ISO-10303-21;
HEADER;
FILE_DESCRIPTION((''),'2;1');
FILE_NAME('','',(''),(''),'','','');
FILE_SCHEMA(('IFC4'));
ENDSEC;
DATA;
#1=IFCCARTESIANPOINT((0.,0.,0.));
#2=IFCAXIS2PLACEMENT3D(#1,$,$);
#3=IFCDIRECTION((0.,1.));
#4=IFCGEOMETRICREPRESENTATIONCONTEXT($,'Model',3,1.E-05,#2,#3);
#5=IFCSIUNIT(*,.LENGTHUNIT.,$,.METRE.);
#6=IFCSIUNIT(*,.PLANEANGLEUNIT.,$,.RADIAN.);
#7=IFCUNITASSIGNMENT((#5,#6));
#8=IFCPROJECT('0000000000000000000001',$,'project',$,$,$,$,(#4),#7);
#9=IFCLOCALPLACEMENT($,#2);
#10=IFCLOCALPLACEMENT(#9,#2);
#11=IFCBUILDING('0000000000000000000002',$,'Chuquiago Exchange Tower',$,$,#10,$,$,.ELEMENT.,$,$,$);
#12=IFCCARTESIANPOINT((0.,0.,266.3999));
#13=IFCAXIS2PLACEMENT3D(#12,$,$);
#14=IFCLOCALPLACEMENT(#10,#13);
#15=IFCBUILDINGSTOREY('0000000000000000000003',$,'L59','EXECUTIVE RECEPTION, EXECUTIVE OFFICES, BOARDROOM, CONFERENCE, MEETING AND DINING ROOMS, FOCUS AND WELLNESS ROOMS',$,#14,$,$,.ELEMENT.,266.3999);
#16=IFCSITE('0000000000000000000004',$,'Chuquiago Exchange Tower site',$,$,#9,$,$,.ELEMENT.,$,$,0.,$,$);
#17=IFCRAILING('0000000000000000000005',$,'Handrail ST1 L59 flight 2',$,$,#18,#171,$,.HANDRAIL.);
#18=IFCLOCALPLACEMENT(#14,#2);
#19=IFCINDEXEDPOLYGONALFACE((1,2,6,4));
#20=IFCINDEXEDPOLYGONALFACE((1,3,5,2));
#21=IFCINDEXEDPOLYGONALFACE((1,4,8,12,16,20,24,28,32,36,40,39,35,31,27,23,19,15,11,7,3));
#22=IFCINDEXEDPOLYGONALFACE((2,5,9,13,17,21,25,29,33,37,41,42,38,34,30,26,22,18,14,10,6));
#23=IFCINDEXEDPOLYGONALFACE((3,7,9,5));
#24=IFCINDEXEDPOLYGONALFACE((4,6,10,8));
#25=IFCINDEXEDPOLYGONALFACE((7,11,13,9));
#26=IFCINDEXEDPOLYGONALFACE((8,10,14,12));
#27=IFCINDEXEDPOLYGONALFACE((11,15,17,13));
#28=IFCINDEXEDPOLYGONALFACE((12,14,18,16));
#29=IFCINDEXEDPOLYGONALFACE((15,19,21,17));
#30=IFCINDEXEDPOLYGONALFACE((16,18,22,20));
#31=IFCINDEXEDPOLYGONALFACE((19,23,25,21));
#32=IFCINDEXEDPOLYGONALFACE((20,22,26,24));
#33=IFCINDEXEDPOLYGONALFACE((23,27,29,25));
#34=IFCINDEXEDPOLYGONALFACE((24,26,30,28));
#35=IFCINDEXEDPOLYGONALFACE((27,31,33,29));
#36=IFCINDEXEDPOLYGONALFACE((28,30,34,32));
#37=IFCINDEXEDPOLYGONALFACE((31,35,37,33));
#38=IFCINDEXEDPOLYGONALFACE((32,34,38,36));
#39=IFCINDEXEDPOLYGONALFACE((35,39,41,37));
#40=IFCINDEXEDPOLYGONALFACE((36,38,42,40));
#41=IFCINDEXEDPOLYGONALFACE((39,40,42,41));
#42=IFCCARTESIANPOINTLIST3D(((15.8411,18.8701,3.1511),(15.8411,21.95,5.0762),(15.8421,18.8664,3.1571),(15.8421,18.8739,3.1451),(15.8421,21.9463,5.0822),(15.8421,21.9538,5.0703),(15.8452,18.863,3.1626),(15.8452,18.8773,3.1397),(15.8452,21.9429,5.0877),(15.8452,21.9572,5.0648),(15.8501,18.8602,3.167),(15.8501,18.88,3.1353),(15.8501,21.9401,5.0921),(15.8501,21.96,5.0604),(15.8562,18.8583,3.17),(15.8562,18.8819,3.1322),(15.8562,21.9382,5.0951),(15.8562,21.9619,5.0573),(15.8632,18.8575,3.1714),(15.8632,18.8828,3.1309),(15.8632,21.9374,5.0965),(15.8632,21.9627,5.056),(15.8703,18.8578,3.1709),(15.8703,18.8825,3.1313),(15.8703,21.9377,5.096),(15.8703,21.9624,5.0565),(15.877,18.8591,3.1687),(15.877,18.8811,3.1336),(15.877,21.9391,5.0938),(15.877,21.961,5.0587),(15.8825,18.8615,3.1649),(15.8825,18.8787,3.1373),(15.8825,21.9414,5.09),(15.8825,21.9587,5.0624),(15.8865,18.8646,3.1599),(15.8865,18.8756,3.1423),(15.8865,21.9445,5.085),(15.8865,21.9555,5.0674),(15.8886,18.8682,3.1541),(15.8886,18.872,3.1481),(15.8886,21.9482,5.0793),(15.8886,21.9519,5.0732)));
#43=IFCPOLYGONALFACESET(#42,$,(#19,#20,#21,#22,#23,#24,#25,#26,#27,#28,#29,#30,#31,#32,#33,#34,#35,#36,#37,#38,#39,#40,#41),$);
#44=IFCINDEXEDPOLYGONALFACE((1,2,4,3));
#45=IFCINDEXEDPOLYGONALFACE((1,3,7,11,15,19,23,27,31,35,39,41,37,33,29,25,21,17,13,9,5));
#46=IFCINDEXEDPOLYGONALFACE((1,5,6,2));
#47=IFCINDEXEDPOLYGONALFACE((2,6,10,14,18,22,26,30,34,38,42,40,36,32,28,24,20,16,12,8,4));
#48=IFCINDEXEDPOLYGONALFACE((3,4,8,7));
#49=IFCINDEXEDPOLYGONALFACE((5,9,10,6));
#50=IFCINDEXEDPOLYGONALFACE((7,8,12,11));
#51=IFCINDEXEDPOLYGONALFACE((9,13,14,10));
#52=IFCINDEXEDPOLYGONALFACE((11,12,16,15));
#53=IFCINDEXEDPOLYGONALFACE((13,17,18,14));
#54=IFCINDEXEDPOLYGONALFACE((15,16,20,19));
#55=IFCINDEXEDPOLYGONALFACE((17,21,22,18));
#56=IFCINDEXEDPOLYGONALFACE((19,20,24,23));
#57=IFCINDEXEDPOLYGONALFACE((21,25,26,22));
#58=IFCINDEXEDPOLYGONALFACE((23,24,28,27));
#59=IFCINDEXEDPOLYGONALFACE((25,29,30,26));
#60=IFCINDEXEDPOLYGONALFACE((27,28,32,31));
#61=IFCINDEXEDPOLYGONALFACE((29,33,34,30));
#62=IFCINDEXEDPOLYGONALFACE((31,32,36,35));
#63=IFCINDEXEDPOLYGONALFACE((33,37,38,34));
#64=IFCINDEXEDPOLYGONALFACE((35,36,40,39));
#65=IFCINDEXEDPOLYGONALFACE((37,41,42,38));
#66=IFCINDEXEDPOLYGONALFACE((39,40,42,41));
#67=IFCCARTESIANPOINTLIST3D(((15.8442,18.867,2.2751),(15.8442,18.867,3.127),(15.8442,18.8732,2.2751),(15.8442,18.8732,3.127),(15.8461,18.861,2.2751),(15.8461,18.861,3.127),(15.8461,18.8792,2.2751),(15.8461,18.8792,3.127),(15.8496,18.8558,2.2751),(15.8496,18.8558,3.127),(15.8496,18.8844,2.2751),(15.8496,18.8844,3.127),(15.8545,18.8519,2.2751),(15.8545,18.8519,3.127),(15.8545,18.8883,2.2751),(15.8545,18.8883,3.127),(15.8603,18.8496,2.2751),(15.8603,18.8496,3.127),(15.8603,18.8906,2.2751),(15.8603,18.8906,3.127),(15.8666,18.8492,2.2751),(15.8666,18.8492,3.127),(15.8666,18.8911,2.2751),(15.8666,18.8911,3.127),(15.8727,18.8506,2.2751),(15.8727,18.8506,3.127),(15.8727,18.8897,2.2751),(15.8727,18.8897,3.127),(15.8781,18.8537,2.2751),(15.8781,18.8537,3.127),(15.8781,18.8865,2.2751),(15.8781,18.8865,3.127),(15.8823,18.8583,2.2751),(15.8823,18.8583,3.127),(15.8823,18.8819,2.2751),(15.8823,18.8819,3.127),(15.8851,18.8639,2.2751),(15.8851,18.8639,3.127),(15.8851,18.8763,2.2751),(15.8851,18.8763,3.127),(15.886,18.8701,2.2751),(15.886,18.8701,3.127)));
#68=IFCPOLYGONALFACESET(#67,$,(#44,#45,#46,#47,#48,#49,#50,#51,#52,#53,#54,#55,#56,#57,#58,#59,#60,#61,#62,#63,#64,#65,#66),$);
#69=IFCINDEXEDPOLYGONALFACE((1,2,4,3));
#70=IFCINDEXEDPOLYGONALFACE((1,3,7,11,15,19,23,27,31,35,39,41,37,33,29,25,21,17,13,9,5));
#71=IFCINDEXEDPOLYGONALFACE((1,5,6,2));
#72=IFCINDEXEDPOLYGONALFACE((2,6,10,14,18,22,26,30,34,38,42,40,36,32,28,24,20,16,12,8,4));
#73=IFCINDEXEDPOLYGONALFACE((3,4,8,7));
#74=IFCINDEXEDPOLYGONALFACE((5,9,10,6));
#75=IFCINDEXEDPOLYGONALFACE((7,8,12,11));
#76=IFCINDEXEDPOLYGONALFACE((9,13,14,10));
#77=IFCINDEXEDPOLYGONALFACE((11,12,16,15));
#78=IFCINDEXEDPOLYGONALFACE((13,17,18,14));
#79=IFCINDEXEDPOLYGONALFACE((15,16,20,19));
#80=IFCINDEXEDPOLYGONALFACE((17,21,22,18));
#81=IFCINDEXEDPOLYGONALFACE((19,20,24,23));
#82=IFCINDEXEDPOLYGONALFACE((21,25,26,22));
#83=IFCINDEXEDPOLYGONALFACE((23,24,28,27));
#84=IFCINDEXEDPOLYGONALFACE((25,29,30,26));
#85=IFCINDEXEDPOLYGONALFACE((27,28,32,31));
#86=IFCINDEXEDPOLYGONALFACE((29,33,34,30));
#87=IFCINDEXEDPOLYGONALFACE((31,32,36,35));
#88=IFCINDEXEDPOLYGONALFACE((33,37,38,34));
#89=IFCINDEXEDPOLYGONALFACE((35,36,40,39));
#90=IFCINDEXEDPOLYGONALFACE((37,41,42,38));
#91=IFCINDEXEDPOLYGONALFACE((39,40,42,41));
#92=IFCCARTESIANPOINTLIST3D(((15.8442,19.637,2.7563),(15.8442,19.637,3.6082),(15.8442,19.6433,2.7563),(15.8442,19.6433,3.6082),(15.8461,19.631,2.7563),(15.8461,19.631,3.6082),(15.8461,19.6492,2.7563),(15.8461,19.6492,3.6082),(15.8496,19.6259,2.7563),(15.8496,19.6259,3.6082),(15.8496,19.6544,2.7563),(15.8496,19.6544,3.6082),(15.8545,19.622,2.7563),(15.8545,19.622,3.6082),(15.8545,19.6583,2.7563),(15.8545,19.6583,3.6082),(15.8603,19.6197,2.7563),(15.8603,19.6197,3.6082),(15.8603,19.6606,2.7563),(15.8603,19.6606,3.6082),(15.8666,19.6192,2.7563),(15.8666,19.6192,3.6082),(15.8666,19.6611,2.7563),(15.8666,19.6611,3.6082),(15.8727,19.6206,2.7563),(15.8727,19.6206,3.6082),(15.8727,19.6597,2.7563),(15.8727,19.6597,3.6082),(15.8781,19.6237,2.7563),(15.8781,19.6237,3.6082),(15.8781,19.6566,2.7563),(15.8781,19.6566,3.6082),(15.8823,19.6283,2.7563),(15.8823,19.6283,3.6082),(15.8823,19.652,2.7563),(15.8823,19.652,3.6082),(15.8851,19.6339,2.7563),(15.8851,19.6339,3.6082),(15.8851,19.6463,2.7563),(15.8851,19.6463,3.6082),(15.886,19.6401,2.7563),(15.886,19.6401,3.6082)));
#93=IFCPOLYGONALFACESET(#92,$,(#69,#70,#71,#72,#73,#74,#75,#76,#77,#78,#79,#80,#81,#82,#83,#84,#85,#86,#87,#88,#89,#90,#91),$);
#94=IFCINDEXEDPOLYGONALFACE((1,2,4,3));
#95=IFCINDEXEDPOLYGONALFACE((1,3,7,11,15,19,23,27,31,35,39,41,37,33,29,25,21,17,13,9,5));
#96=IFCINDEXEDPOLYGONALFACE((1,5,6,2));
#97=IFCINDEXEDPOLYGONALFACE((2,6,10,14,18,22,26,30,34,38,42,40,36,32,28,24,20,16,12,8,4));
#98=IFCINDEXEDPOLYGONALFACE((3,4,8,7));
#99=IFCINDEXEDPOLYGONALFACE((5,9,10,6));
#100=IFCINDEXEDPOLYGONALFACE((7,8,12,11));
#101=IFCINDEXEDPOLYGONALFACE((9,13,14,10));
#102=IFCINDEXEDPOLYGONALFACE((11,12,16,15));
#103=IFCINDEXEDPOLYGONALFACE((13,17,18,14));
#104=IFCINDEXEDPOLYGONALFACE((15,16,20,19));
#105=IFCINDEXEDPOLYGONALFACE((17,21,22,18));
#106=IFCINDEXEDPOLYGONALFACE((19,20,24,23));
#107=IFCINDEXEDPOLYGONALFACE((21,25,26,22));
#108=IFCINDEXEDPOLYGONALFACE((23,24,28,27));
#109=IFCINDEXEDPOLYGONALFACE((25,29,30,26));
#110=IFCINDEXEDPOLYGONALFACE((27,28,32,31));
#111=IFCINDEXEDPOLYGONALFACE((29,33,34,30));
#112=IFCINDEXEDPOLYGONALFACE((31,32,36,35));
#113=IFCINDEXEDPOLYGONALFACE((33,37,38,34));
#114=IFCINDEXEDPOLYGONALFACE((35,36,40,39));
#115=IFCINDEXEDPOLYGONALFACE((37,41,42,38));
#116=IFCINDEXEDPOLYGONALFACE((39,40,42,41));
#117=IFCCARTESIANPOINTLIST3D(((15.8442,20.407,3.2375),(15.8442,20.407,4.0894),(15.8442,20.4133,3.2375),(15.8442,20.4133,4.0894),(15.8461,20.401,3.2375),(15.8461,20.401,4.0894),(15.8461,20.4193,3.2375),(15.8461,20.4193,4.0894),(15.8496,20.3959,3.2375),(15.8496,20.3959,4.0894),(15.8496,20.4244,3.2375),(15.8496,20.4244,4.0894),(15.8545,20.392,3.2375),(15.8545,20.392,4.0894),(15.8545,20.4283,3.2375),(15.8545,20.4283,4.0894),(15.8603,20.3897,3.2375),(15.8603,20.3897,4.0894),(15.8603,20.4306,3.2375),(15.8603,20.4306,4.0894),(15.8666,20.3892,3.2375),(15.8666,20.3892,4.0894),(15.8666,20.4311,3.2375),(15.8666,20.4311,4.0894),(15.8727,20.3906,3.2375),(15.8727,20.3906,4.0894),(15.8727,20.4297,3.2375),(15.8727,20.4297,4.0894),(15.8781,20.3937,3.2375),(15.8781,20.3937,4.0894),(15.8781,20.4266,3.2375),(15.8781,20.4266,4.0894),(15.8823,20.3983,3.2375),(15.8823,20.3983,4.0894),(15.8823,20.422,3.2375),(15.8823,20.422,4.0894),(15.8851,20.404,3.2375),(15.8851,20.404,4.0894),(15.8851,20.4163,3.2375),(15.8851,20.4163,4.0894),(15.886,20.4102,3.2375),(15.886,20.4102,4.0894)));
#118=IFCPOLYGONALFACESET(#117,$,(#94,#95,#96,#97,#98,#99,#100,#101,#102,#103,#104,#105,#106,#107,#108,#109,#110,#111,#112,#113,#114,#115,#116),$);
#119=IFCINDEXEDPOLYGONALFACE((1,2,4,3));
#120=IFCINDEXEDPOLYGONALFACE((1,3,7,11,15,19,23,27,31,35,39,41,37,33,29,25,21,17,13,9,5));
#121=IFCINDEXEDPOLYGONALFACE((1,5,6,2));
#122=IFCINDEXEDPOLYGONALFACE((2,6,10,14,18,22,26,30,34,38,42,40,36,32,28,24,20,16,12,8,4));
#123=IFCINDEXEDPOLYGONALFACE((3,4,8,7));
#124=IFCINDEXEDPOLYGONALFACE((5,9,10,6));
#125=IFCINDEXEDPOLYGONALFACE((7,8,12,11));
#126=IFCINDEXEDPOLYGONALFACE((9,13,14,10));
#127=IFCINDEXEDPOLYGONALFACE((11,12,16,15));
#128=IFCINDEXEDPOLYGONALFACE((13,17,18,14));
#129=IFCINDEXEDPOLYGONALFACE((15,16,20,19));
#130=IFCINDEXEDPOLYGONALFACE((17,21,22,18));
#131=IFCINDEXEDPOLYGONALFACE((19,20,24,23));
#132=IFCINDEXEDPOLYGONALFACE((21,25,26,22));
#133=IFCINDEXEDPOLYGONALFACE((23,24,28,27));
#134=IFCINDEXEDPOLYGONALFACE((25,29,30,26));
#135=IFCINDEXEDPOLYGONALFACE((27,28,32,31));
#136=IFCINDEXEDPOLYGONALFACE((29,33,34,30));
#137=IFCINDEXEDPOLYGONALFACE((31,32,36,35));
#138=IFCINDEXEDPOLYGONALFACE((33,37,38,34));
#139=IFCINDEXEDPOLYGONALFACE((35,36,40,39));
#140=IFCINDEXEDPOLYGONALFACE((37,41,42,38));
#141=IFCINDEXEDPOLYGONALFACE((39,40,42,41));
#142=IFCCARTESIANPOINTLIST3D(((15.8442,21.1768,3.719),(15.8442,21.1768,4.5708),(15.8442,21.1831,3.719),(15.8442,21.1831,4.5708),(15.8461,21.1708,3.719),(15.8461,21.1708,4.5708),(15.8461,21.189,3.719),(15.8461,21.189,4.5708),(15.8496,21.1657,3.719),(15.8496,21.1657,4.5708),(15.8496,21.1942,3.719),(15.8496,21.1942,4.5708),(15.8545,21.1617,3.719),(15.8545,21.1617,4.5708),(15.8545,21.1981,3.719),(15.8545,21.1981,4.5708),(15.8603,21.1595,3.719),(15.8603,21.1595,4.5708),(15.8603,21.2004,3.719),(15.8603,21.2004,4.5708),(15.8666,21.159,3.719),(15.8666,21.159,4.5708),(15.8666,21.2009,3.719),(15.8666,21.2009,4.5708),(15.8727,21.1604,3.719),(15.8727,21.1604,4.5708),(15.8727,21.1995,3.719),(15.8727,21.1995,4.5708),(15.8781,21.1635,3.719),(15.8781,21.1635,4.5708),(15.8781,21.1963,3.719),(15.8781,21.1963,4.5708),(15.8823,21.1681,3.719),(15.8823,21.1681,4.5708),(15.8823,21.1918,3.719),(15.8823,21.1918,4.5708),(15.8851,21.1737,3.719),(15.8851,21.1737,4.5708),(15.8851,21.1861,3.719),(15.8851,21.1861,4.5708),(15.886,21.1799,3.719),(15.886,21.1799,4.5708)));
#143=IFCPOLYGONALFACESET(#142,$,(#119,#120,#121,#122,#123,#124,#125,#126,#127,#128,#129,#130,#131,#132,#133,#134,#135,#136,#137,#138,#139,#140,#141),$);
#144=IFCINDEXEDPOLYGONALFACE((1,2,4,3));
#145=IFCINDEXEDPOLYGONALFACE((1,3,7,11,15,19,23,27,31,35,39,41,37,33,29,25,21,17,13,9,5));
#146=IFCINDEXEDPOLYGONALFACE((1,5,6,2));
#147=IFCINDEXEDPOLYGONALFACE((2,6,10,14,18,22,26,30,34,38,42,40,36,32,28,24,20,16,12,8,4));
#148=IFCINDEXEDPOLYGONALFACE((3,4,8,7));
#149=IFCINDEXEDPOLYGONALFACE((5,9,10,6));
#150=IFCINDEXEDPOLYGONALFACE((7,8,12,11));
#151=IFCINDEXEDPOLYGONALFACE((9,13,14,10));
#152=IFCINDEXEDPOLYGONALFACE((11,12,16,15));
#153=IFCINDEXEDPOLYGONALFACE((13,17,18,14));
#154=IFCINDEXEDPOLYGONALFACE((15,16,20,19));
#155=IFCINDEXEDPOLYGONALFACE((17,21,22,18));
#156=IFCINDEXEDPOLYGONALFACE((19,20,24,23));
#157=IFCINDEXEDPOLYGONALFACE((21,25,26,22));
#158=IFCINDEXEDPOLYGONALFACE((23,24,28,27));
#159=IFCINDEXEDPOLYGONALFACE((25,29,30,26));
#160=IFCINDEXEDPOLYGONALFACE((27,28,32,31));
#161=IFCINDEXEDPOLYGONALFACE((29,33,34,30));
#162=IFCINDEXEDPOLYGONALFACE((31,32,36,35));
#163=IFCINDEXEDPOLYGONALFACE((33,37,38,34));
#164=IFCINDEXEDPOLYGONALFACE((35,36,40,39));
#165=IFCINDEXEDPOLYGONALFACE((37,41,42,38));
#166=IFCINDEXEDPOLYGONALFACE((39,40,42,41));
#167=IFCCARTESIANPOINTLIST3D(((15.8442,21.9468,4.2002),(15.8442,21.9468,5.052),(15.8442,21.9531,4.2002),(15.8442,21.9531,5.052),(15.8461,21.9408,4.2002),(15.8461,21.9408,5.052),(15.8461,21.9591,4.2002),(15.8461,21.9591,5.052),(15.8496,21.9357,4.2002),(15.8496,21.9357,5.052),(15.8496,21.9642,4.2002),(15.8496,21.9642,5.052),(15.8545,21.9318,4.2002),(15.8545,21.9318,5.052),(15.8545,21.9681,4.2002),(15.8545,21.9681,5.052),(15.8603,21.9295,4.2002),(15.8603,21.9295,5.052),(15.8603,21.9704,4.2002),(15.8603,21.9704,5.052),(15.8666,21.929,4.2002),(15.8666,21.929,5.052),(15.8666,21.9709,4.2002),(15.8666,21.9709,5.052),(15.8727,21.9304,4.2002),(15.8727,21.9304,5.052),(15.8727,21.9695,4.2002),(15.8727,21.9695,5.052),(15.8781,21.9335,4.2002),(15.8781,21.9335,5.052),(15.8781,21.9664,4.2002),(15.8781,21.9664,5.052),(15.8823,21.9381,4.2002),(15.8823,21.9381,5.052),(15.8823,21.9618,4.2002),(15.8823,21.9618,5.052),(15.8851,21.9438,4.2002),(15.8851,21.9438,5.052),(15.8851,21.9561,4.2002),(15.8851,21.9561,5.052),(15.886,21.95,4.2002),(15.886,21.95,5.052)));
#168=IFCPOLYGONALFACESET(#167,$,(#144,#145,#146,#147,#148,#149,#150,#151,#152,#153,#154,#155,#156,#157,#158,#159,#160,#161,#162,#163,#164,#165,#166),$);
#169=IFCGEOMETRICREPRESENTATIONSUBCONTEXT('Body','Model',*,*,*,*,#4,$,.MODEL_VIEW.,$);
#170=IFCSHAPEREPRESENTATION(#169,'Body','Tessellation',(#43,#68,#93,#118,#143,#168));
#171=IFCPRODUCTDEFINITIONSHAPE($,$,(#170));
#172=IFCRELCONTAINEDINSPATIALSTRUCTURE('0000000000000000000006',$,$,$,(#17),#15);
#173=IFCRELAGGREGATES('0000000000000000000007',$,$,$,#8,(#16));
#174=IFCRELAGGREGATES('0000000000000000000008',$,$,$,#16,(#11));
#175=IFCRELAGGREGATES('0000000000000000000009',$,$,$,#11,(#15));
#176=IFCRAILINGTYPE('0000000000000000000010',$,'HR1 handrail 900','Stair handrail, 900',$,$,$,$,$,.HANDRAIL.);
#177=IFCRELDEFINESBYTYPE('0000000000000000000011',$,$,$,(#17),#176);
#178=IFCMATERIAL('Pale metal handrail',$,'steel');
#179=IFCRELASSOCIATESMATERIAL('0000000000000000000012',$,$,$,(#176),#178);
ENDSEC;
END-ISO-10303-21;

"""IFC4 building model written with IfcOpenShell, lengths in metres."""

from ifc_helpers import new_model, si_unit, direction, frame, origin, origin_2d, place, context, subcontext, project, spatial, circle, extrude, material, type_object, element, save


model = new_model("IFC4")

# Units and contexts
model_context = context("Model", 3, precision=1e-05, world=origin(), true_north=direction((0.0, 1.0)))
body_context = subcontext(model_context, "Body", "Model", "MODEL_VIEW")
ifc_project = project(units=[si_unit("LENGTHUNIT", "METRE"), si_unit("PLANEANGLEUNIT", "RADIAN")], contexts=[model_context])

# Site, building, storey
site_placement = place(None, origin())
site = spatial("IfcSite", under=ifc_project, at=site_placement, Name="Chuquiago Exchange Tower site", CompositionType="ELEMENT", RefElevation=0.0)
building_placement = place(site_placement, origin())
building = spatial("IfcBuilding", under=site, at=building_placement, Name="Chuquiago Exchange Tower", CompositionType="ELEMENT")
storey_placement = place(building_placement, frame((0.0, 0.0, 266.3999)))
storey = spatial("IfcBuildingStorey", under=building, at=storey_placement, Name="L59", Description="EXECUTIVE RECEPTION, EXECUTIVE OFFICES, BOARDROOM, CONFERENCE, MEETING AND DINING ROOMS, FOCUS AND WELLNESS ROOMS", CompositionType="ELEMENT", Elevation=266.3999)

# Railing
ifc_material_1 = material(Name="Pale metal handrail", Category="steel")
railing_type_1 = type_object("IfcRailingType", Name="HR1 handrail 900", Description="Stair handrail, 900", PredefinedType="HANDRAIL", material=ifc_material_1)
for number, where, name in (
    (1, (15.865, 18.8701, 2.2751), "Handrail ST1 L59 flight 2"),
):
    element("IfcRailing", number, at=place(storey_placement, frame(where)), inside=storey, type_object=railing_type_1, Name=name, PredefinedType="HANDRAIL", context=body_context, shape_type="SweptSolid", body=[
        extrude(circle(Radius=0.0239, at=origin_2d()), frame((0.0, 0.0, 0.876), z_axis=(0.0, 0.847979, 0.530029), x_axis=(-1.0, 0.0, 0.0)), (0.0, 0.0, 1.0), 3.6321),
        extrude(circle(Radius=0.021, at=origin_2d()), origin(), (0.0, 0.0, 1.0), 0.8518),
        extrude(circle(Radius=0.021, at=origin_2d()), frame((0.0, 0.77, 0.4812)), (0.0, 0.0, 1.0), 0.8518),
        extrude(circle(Radius=0.021, at=origin_2d()), frame((0.0, 1.54, 0.9624)), (0.0, 0.0, 1.0), 0.8518),
        extrude(circle(Radius=0.021, at=origin_2d()), frame((0.0, 2.3098, 1.4438)), (0.0, 0.0, 1.0), 0.8518),
        extrude(circle(Radius=0.021, at=origin_2d()), frame((0.0, 3.0798, 1.925)), (0.0, 0.0, 1.0), 0.8518),
    ])

save(model, "model.ifc")
